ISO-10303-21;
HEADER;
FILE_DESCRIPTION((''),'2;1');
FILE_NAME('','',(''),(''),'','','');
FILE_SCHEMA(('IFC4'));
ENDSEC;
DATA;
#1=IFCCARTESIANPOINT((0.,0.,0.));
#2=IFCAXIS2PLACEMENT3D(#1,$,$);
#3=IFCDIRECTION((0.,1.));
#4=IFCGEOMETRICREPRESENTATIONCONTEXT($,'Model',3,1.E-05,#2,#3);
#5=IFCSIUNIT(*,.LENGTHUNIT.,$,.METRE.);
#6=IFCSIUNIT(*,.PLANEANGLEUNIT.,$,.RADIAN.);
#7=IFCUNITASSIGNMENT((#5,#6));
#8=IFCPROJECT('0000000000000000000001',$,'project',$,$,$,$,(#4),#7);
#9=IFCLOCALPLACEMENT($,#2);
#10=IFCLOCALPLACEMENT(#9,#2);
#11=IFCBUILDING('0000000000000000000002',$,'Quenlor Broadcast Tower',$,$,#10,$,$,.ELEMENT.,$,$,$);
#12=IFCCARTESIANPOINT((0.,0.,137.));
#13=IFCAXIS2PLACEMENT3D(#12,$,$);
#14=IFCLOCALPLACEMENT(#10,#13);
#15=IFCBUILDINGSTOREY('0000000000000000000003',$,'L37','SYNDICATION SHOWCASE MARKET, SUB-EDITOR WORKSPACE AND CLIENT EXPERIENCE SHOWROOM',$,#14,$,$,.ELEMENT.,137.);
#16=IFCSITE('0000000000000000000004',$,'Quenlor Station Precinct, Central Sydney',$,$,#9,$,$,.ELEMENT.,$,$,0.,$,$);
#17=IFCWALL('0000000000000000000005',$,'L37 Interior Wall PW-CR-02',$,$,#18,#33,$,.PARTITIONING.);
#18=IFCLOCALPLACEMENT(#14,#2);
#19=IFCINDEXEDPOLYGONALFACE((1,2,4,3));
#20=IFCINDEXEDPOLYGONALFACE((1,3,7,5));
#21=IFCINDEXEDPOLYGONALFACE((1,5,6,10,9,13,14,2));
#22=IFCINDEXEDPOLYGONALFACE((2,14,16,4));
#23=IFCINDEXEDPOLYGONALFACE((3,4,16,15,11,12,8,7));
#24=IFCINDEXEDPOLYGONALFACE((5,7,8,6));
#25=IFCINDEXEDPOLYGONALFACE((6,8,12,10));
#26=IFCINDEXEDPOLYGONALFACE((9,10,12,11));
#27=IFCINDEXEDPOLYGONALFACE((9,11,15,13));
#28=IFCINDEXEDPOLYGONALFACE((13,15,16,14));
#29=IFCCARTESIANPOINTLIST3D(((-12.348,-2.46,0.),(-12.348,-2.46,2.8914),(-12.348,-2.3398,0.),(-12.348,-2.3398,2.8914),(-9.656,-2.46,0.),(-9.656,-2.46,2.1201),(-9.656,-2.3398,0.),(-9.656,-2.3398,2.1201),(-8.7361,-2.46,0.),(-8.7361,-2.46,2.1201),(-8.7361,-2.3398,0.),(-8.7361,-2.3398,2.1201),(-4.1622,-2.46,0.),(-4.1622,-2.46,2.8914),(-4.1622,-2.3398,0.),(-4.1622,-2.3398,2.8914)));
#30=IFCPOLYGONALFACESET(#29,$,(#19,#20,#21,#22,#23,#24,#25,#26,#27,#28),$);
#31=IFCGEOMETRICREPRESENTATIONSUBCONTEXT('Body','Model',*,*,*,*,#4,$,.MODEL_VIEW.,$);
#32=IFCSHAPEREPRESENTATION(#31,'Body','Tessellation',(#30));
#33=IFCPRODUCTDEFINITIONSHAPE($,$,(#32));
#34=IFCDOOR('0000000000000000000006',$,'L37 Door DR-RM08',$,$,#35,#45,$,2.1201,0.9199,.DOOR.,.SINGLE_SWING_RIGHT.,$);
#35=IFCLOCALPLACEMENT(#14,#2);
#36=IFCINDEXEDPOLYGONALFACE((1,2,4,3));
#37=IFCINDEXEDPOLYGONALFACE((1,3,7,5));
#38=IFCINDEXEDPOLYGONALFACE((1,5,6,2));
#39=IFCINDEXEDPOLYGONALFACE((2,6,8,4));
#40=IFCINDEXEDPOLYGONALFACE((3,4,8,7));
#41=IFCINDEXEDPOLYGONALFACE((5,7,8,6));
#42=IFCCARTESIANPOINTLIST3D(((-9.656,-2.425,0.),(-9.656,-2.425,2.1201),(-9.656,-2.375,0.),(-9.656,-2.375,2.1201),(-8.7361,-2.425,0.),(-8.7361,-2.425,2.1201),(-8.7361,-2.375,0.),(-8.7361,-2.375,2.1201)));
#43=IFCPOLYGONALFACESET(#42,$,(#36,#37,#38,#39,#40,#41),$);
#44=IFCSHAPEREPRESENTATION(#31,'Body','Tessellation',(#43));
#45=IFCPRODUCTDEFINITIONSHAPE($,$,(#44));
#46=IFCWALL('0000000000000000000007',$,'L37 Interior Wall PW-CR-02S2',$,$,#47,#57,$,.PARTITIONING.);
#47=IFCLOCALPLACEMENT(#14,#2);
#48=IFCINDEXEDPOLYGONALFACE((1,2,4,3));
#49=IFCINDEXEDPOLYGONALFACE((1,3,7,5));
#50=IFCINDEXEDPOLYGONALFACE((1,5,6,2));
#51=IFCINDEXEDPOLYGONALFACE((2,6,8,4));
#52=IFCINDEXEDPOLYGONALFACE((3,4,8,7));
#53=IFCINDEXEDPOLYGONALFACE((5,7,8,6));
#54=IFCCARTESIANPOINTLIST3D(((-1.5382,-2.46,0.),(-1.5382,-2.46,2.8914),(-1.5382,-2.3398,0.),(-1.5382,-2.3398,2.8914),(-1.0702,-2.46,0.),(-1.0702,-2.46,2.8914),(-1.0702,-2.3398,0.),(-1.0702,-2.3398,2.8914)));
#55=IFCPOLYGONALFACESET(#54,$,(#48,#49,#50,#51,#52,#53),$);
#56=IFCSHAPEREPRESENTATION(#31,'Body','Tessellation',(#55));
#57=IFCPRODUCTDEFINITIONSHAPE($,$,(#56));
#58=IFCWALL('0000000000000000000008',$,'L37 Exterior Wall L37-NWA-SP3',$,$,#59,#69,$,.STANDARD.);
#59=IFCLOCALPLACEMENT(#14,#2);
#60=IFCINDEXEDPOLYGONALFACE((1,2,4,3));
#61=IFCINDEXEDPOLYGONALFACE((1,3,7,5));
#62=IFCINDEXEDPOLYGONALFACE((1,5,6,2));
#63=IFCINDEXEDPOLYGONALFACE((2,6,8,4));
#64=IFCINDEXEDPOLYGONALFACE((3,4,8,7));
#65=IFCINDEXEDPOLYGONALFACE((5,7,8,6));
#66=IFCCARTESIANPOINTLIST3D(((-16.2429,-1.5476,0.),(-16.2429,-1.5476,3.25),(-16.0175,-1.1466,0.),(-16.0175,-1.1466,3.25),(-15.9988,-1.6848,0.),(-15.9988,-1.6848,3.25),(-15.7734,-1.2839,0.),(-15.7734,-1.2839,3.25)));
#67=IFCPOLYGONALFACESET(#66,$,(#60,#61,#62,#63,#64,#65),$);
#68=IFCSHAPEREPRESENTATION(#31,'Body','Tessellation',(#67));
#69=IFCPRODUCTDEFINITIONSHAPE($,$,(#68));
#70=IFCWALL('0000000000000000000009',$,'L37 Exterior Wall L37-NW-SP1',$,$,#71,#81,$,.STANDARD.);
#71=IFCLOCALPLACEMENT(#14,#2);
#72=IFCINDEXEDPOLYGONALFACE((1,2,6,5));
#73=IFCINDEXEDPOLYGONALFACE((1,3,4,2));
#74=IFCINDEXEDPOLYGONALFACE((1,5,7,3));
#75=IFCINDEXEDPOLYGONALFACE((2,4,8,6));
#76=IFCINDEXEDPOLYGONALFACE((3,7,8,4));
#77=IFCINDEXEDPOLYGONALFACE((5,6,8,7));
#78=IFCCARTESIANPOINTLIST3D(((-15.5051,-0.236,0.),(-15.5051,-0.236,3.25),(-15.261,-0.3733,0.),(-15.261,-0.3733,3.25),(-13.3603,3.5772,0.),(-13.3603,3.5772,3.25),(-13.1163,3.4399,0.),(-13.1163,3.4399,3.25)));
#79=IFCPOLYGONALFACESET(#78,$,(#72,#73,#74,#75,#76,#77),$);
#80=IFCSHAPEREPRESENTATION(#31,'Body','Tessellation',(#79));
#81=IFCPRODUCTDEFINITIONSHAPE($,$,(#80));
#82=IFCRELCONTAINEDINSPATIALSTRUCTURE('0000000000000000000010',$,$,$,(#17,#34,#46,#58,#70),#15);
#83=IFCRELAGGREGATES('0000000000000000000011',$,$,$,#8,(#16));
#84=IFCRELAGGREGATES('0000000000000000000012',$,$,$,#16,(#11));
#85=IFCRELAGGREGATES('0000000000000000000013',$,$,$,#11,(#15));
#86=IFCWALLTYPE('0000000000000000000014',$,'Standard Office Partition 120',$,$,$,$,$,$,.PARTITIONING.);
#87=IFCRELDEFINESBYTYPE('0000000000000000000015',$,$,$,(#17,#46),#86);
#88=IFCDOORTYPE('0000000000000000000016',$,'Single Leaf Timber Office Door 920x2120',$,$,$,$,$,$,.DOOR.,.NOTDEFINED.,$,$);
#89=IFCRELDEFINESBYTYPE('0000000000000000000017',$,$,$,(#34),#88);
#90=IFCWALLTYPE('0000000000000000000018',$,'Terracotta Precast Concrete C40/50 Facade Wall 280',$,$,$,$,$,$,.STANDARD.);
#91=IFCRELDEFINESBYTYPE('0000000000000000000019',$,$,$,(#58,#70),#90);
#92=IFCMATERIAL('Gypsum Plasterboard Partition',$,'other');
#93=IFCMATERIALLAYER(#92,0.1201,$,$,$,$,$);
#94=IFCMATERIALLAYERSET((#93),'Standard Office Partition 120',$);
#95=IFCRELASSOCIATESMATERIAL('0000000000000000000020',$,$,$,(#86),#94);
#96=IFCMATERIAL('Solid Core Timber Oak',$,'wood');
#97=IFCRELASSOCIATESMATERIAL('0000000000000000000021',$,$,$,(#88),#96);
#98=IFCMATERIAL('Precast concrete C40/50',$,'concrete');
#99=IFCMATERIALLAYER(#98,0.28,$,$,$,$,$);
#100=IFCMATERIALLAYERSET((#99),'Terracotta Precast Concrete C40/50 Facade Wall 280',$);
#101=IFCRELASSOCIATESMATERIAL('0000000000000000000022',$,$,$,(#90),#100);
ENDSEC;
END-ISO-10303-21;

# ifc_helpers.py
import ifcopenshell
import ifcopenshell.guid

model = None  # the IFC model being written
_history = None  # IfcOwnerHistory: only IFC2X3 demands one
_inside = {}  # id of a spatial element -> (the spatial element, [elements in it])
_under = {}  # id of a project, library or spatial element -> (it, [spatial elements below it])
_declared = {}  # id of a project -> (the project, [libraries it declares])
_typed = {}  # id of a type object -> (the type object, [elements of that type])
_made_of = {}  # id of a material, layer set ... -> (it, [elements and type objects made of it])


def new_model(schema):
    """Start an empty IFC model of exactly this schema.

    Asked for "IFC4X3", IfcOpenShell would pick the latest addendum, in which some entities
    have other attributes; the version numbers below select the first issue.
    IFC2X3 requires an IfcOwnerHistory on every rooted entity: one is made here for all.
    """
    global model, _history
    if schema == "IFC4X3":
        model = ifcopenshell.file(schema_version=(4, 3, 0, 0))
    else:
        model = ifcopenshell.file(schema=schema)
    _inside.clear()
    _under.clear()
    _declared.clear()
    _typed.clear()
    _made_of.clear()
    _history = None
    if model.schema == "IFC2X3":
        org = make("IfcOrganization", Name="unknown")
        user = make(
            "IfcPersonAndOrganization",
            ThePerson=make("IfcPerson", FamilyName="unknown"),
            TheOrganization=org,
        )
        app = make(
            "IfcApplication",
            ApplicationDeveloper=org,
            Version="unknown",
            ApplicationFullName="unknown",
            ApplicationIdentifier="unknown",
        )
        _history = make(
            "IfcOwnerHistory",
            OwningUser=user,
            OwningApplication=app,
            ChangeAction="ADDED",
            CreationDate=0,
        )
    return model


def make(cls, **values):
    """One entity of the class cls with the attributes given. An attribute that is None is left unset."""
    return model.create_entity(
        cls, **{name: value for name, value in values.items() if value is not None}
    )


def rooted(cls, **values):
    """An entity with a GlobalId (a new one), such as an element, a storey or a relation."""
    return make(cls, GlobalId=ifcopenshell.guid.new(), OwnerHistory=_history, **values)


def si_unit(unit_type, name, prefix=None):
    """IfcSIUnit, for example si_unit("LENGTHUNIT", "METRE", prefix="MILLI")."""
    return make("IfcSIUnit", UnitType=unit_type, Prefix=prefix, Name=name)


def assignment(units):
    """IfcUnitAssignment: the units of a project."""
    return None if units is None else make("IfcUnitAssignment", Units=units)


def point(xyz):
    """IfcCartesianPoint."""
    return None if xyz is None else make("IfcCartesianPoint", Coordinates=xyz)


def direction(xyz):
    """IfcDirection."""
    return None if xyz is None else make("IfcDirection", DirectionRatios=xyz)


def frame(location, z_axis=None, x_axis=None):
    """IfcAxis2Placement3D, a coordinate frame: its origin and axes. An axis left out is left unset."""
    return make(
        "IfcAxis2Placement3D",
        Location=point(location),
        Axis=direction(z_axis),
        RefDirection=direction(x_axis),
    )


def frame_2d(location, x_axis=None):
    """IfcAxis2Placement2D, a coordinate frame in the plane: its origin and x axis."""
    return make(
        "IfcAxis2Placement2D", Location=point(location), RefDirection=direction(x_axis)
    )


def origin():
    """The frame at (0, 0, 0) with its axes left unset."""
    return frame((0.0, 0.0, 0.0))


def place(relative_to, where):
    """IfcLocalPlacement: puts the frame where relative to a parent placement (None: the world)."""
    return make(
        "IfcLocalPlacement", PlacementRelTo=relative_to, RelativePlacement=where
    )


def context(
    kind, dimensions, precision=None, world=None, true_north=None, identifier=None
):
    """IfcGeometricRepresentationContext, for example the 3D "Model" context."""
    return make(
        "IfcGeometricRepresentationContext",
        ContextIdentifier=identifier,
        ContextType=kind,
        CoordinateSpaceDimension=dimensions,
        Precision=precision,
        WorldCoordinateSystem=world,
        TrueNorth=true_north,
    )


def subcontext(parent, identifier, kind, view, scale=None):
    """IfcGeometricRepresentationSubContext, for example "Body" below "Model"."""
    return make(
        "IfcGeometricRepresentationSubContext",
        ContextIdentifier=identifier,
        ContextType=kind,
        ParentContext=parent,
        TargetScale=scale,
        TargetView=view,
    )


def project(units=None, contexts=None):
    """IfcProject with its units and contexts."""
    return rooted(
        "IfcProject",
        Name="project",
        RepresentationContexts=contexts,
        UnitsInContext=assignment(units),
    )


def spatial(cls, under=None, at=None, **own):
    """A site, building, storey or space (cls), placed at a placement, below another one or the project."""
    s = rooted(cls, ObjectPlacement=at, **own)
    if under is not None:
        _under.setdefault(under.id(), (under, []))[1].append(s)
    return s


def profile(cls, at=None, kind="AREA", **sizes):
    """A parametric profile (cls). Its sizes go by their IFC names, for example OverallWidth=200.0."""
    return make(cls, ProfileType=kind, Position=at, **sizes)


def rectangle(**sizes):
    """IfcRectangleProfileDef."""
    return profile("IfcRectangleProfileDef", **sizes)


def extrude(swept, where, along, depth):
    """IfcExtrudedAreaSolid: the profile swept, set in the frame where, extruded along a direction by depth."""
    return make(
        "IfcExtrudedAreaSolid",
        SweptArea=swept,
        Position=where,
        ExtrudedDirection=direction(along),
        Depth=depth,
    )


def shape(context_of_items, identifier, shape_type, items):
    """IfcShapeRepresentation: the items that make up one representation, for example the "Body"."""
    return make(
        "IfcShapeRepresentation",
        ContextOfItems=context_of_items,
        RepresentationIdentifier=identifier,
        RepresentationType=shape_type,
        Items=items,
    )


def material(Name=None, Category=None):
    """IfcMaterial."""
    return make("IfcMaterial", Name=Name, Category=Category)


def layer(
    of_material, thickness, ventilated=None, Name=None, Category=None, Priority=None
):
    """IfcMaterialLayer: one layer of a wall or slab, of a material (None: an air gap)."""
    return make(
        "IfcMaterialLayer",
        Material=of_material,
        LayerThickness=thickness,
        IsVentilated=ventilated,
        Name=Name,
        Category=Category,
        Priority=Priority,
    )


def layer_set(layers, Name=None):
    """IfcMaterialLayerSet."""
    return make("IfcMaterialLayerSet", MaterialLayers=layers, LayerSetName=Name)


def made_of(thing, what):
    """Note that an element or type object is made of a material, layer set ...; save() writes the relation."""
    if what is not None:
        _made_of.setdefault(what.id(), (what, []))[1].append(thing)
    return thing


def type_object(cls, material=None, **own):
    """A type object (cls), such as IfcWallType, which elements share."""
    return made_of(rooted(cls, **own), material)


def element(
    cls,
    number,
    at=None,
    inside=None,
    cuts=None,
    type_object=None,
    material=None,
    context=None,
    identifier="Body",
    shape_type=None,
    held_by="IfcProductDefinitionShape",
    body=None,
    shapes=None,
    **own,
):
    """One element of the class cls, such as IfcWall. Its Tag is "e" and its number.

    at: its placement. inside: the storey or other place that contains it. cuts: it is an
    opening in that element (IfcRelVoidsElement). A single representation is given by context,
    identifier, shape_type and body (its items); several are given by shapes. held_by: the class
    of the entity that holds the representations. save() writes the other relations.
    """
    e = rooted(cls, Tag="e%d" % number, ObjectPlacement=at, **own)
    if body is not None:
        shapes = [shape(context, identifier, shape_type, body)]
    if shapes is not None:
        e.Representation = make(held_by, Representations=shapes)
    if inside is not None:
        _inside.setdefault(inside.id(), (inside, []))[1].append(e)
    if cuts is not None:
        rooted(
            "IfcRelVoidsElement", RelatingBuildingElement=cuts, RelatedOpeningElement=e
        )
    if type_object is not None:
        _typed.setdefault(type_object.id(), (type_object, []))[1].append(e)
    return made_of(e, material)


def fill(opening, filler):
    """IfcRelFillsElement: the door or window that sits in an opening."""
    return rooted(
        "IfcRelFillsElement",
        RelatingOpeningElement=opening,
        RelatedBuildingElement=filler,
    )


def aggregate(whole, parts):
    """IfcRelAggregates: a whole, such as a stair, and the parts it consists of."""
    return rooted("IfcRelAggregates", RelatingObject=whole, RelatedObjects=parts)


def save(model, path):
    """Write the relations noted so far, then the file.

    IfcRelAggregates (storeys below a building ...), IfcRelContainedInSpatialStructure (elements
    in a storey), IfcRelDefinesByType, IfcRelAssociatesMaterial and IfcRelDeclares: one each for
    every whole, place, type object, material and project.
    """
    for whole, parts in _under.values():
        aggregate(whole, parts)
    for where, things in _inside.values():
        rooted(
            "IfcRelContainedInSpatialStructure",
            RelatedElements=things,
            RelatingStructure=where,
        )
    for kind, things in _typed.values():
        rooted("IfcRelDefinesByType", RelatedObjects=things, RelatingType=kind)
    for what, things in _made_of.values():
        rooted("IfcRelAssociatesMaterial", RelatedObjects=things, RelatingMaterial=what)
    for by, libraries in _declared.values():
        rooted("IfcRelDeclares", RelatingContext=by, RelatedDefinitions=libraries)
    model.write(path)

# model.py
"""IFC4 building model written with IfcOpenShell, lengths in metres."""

from ifc_helpers import new_model, si_unit, direction, frame, frame_2d, origin, place, context, subcontext, project, spatial, rectangle, extrude, material, layer, layer_set, type_object, element, fill, save


model = new_model("IFC4")

# Units and contexts
model_context = context("Model", 3, precision=1e-05, world=origin(), true_north=direction((0.0, 1.0)))
body_context = subcontext(model_context, "Body", "Model", "MODEL_VIEW")
ifc_project = project(units=[si_unit("LENGTHUNIT", "METRE"), si_unit("PLANEANGLEUNIT", "RADIAN")], contexts=[model_context])

# Site, building, storey
site_placement = place(None, origin())
site = spatial("IfcSite", under=ifc_project, at=site_placement, Name="Quenlor Station Precinct, Central Sydney", CompositionType="ELEMENT", RefElevation=0.0)
building_placement = place(site_placement, origin())
building = spatial("IfcBuilding", under=site, at=building_placement, Name="Quenlor Broadcast Tower", CompositionType="ELEMENT")
storey_placement = place(building_placement, frame((0.0, 0.0, 137.0)))
storey = spatial("IfcBuildingStorey", under=building, at=storey_placement, Name="L37", Description="SYNDICATION SHOWCASE MARKET, SUB-EDITOR WORKSPACE AND CLIENT EXPERIENCE SHOWROOM", CompositionType="ELEMENT", Elevation=137.0)

# Shared definitions
ifc_material_1 = material(Name="Gypsum Plasterboard Partition", Category="other")
ifc_layer_1 = layer(ifc_material_1, 0.1201)
ifc_layer_set_1 = layer_set([ifc_layer_1], Name="Standard Office Partition 120")
wall_type_1 = type_object("IfcWallType", Name="Standard Office Partition 120", PredefinedType="PARTITIONING", material=ifc_layer_set_1)

# Wall, opening, door
wall_1_placement = place(storey_placement, frame((-12.3479, -2.3999, 0.0), z_axis=(0.0, 0.0, 1.0), x_axis=(1.0, 0.0, 0.0)))
wall_1 = element("IfcWall", 1, at=wall_1_placement, inside=storey, type_object=wall_type_1, Name="L37 Interior Wall PW-CR-02", PredefinedType="PARTITIONING", context=body_context, shape_type="SweptSolid", body=[
    extrude(rectangle(XDim=8.1858, YDim=0.1201, at=frame_2d((4.0928, 0.0))), origin(), (0.0, 0.0, 1.0), 2.8914),
])
opening_1_placement = place(wall_1_placement, frame((2.6919, 0.0, 0.0)))
opening_1 = element("IfcOpeningElement", 2, at=opening_1_placement, cuts=wall_1, PredefinedType="OPENING", context=body_context, shape_type="SweptSolid", body=[
    extrude(rectangle(XDim=0.9199, YDim=2.1201, at=frame_2d((0.46, 1.0601))), frame((0.0, 0.0701, 0.0), z_axis=(0.0, -1.0, 0.0), x_axis=(1.0, 0.0, 0.0)), (0.0, 0.0, 1.0), 0.1401),
])
ifc_material_2 = material(Name="Solid Core Timber Oak", Category="wood")
door_type_1 = type_object("IfcDoorType", Name="Single Leaf Timber Office Door 920x2120", OperationType="NOTDEFINED", PredefinedType="DOOR", material=ifc_material_2)
door_1_placement = place(opening_1_placement, origin())
door_1 = element("IfcDoor", 3, at=door_1_placement, inside=storey, type_object=door_type_1, Name="L37 Door DR-RM08", OperationType="SINGLE_SWING_RIGHT", OverallHeight=2.1201, OverallWidth=0.9199, PredefinedType="DOOR", context=body_context, shape_type="SweptSolid", body=[
    extrude(rectangle(XDim=0.9199, YDim=2.1201, at=frame_2d((0.46, 1.0601))), frame((0.0, 0.0249, 0.0), z_axis=(0.0, -1.0, 0.0), x_axis=(1.0, 0.0, 0.0)), (0.0, 0.0, 1.0), 0.05),
])
fill(opening_1, door_1)

# Walls
wall_2_placement = place(storey_placement, frame((-1.5381, -2.3999, 0.0), z_axis=(0.0, 0.0, 1.0), x_axis=(1.0, 0.0, 0.0)))
element("IfcWall", 4, at=wall_2_placement, inside=storey, type_object=wall_type_1, Name="L37 Interior Wall PW-CR-02S2", PredefinedType="PARTITIONING", context=body_context, shape_type="SweptSolid", body=[
    extrude(rectangle(XDim=0.468, YDim=0.1201, at=frame_2d((0.2339, 0.0))), origin(), (0.0, 0.0, 1.0), 2.8914),
])
ifc_material_3 = material(Name="Precast concrete C40/50", Category="concrete")
ifc_layer_2 = layer(ifc_material_3, 0.28)
ifc_layer_set_2 = layer_set([ifc_layer_2], Name="Terracotta Precast Concrete C40/50 Facade Wall 280")
wall_type_2 = type_object("IfcWallType", Name="Terracotta Precast Concrete C40/50 Facade Wall 280", PredefinedType="STANDARD", material=ifc_layer_set_2)
wall_3_placement = place(storey_placement, frame((-16.1208, -1.6162, 0.0), z_axis=(0.0, 0.0, 1.0), x_axis=(0.490009, 0.871717, 0.0)))
element("IfcWall", 5, at=wall_3_placement, inside=storey, type_object=wall_type_2, Name="L37 Exterior Wall L37-NWA-SP3", PredefinedType="STANDARD", context=body_context, shape_type="SweptSolid", body=[
    extrude(rectangle(XDim=0.46, YDim=0.28, at=frame_2d((0.23, 0.0))), origin(), (0.0, 0.0, 1.0), 3.25),
])
wall_4_placement = place(storey_placement, frame((-15.3831, -0.3047, 0.0), z_axis=(0.0, 0.0, 1.0), x_axis=(0.490232, 0.871592, 0.0)))
element("IfcWall", 6, at=wall_4_placement, inside=storey, type_object=wall_type_2, Name="L37 Exterior Wall L37-NW-SP1", PredefinedType="STANDARD", context=body_context, shape_type="SweptSolid", body=[
    extrude(rectangle(XDim=4.375, YDim=0.28, at=frame_2d((2.1875, 0.0))), origin(), (0.0, 0.0, 1.0), 3.25),
])

save(model, "model.ifc")
